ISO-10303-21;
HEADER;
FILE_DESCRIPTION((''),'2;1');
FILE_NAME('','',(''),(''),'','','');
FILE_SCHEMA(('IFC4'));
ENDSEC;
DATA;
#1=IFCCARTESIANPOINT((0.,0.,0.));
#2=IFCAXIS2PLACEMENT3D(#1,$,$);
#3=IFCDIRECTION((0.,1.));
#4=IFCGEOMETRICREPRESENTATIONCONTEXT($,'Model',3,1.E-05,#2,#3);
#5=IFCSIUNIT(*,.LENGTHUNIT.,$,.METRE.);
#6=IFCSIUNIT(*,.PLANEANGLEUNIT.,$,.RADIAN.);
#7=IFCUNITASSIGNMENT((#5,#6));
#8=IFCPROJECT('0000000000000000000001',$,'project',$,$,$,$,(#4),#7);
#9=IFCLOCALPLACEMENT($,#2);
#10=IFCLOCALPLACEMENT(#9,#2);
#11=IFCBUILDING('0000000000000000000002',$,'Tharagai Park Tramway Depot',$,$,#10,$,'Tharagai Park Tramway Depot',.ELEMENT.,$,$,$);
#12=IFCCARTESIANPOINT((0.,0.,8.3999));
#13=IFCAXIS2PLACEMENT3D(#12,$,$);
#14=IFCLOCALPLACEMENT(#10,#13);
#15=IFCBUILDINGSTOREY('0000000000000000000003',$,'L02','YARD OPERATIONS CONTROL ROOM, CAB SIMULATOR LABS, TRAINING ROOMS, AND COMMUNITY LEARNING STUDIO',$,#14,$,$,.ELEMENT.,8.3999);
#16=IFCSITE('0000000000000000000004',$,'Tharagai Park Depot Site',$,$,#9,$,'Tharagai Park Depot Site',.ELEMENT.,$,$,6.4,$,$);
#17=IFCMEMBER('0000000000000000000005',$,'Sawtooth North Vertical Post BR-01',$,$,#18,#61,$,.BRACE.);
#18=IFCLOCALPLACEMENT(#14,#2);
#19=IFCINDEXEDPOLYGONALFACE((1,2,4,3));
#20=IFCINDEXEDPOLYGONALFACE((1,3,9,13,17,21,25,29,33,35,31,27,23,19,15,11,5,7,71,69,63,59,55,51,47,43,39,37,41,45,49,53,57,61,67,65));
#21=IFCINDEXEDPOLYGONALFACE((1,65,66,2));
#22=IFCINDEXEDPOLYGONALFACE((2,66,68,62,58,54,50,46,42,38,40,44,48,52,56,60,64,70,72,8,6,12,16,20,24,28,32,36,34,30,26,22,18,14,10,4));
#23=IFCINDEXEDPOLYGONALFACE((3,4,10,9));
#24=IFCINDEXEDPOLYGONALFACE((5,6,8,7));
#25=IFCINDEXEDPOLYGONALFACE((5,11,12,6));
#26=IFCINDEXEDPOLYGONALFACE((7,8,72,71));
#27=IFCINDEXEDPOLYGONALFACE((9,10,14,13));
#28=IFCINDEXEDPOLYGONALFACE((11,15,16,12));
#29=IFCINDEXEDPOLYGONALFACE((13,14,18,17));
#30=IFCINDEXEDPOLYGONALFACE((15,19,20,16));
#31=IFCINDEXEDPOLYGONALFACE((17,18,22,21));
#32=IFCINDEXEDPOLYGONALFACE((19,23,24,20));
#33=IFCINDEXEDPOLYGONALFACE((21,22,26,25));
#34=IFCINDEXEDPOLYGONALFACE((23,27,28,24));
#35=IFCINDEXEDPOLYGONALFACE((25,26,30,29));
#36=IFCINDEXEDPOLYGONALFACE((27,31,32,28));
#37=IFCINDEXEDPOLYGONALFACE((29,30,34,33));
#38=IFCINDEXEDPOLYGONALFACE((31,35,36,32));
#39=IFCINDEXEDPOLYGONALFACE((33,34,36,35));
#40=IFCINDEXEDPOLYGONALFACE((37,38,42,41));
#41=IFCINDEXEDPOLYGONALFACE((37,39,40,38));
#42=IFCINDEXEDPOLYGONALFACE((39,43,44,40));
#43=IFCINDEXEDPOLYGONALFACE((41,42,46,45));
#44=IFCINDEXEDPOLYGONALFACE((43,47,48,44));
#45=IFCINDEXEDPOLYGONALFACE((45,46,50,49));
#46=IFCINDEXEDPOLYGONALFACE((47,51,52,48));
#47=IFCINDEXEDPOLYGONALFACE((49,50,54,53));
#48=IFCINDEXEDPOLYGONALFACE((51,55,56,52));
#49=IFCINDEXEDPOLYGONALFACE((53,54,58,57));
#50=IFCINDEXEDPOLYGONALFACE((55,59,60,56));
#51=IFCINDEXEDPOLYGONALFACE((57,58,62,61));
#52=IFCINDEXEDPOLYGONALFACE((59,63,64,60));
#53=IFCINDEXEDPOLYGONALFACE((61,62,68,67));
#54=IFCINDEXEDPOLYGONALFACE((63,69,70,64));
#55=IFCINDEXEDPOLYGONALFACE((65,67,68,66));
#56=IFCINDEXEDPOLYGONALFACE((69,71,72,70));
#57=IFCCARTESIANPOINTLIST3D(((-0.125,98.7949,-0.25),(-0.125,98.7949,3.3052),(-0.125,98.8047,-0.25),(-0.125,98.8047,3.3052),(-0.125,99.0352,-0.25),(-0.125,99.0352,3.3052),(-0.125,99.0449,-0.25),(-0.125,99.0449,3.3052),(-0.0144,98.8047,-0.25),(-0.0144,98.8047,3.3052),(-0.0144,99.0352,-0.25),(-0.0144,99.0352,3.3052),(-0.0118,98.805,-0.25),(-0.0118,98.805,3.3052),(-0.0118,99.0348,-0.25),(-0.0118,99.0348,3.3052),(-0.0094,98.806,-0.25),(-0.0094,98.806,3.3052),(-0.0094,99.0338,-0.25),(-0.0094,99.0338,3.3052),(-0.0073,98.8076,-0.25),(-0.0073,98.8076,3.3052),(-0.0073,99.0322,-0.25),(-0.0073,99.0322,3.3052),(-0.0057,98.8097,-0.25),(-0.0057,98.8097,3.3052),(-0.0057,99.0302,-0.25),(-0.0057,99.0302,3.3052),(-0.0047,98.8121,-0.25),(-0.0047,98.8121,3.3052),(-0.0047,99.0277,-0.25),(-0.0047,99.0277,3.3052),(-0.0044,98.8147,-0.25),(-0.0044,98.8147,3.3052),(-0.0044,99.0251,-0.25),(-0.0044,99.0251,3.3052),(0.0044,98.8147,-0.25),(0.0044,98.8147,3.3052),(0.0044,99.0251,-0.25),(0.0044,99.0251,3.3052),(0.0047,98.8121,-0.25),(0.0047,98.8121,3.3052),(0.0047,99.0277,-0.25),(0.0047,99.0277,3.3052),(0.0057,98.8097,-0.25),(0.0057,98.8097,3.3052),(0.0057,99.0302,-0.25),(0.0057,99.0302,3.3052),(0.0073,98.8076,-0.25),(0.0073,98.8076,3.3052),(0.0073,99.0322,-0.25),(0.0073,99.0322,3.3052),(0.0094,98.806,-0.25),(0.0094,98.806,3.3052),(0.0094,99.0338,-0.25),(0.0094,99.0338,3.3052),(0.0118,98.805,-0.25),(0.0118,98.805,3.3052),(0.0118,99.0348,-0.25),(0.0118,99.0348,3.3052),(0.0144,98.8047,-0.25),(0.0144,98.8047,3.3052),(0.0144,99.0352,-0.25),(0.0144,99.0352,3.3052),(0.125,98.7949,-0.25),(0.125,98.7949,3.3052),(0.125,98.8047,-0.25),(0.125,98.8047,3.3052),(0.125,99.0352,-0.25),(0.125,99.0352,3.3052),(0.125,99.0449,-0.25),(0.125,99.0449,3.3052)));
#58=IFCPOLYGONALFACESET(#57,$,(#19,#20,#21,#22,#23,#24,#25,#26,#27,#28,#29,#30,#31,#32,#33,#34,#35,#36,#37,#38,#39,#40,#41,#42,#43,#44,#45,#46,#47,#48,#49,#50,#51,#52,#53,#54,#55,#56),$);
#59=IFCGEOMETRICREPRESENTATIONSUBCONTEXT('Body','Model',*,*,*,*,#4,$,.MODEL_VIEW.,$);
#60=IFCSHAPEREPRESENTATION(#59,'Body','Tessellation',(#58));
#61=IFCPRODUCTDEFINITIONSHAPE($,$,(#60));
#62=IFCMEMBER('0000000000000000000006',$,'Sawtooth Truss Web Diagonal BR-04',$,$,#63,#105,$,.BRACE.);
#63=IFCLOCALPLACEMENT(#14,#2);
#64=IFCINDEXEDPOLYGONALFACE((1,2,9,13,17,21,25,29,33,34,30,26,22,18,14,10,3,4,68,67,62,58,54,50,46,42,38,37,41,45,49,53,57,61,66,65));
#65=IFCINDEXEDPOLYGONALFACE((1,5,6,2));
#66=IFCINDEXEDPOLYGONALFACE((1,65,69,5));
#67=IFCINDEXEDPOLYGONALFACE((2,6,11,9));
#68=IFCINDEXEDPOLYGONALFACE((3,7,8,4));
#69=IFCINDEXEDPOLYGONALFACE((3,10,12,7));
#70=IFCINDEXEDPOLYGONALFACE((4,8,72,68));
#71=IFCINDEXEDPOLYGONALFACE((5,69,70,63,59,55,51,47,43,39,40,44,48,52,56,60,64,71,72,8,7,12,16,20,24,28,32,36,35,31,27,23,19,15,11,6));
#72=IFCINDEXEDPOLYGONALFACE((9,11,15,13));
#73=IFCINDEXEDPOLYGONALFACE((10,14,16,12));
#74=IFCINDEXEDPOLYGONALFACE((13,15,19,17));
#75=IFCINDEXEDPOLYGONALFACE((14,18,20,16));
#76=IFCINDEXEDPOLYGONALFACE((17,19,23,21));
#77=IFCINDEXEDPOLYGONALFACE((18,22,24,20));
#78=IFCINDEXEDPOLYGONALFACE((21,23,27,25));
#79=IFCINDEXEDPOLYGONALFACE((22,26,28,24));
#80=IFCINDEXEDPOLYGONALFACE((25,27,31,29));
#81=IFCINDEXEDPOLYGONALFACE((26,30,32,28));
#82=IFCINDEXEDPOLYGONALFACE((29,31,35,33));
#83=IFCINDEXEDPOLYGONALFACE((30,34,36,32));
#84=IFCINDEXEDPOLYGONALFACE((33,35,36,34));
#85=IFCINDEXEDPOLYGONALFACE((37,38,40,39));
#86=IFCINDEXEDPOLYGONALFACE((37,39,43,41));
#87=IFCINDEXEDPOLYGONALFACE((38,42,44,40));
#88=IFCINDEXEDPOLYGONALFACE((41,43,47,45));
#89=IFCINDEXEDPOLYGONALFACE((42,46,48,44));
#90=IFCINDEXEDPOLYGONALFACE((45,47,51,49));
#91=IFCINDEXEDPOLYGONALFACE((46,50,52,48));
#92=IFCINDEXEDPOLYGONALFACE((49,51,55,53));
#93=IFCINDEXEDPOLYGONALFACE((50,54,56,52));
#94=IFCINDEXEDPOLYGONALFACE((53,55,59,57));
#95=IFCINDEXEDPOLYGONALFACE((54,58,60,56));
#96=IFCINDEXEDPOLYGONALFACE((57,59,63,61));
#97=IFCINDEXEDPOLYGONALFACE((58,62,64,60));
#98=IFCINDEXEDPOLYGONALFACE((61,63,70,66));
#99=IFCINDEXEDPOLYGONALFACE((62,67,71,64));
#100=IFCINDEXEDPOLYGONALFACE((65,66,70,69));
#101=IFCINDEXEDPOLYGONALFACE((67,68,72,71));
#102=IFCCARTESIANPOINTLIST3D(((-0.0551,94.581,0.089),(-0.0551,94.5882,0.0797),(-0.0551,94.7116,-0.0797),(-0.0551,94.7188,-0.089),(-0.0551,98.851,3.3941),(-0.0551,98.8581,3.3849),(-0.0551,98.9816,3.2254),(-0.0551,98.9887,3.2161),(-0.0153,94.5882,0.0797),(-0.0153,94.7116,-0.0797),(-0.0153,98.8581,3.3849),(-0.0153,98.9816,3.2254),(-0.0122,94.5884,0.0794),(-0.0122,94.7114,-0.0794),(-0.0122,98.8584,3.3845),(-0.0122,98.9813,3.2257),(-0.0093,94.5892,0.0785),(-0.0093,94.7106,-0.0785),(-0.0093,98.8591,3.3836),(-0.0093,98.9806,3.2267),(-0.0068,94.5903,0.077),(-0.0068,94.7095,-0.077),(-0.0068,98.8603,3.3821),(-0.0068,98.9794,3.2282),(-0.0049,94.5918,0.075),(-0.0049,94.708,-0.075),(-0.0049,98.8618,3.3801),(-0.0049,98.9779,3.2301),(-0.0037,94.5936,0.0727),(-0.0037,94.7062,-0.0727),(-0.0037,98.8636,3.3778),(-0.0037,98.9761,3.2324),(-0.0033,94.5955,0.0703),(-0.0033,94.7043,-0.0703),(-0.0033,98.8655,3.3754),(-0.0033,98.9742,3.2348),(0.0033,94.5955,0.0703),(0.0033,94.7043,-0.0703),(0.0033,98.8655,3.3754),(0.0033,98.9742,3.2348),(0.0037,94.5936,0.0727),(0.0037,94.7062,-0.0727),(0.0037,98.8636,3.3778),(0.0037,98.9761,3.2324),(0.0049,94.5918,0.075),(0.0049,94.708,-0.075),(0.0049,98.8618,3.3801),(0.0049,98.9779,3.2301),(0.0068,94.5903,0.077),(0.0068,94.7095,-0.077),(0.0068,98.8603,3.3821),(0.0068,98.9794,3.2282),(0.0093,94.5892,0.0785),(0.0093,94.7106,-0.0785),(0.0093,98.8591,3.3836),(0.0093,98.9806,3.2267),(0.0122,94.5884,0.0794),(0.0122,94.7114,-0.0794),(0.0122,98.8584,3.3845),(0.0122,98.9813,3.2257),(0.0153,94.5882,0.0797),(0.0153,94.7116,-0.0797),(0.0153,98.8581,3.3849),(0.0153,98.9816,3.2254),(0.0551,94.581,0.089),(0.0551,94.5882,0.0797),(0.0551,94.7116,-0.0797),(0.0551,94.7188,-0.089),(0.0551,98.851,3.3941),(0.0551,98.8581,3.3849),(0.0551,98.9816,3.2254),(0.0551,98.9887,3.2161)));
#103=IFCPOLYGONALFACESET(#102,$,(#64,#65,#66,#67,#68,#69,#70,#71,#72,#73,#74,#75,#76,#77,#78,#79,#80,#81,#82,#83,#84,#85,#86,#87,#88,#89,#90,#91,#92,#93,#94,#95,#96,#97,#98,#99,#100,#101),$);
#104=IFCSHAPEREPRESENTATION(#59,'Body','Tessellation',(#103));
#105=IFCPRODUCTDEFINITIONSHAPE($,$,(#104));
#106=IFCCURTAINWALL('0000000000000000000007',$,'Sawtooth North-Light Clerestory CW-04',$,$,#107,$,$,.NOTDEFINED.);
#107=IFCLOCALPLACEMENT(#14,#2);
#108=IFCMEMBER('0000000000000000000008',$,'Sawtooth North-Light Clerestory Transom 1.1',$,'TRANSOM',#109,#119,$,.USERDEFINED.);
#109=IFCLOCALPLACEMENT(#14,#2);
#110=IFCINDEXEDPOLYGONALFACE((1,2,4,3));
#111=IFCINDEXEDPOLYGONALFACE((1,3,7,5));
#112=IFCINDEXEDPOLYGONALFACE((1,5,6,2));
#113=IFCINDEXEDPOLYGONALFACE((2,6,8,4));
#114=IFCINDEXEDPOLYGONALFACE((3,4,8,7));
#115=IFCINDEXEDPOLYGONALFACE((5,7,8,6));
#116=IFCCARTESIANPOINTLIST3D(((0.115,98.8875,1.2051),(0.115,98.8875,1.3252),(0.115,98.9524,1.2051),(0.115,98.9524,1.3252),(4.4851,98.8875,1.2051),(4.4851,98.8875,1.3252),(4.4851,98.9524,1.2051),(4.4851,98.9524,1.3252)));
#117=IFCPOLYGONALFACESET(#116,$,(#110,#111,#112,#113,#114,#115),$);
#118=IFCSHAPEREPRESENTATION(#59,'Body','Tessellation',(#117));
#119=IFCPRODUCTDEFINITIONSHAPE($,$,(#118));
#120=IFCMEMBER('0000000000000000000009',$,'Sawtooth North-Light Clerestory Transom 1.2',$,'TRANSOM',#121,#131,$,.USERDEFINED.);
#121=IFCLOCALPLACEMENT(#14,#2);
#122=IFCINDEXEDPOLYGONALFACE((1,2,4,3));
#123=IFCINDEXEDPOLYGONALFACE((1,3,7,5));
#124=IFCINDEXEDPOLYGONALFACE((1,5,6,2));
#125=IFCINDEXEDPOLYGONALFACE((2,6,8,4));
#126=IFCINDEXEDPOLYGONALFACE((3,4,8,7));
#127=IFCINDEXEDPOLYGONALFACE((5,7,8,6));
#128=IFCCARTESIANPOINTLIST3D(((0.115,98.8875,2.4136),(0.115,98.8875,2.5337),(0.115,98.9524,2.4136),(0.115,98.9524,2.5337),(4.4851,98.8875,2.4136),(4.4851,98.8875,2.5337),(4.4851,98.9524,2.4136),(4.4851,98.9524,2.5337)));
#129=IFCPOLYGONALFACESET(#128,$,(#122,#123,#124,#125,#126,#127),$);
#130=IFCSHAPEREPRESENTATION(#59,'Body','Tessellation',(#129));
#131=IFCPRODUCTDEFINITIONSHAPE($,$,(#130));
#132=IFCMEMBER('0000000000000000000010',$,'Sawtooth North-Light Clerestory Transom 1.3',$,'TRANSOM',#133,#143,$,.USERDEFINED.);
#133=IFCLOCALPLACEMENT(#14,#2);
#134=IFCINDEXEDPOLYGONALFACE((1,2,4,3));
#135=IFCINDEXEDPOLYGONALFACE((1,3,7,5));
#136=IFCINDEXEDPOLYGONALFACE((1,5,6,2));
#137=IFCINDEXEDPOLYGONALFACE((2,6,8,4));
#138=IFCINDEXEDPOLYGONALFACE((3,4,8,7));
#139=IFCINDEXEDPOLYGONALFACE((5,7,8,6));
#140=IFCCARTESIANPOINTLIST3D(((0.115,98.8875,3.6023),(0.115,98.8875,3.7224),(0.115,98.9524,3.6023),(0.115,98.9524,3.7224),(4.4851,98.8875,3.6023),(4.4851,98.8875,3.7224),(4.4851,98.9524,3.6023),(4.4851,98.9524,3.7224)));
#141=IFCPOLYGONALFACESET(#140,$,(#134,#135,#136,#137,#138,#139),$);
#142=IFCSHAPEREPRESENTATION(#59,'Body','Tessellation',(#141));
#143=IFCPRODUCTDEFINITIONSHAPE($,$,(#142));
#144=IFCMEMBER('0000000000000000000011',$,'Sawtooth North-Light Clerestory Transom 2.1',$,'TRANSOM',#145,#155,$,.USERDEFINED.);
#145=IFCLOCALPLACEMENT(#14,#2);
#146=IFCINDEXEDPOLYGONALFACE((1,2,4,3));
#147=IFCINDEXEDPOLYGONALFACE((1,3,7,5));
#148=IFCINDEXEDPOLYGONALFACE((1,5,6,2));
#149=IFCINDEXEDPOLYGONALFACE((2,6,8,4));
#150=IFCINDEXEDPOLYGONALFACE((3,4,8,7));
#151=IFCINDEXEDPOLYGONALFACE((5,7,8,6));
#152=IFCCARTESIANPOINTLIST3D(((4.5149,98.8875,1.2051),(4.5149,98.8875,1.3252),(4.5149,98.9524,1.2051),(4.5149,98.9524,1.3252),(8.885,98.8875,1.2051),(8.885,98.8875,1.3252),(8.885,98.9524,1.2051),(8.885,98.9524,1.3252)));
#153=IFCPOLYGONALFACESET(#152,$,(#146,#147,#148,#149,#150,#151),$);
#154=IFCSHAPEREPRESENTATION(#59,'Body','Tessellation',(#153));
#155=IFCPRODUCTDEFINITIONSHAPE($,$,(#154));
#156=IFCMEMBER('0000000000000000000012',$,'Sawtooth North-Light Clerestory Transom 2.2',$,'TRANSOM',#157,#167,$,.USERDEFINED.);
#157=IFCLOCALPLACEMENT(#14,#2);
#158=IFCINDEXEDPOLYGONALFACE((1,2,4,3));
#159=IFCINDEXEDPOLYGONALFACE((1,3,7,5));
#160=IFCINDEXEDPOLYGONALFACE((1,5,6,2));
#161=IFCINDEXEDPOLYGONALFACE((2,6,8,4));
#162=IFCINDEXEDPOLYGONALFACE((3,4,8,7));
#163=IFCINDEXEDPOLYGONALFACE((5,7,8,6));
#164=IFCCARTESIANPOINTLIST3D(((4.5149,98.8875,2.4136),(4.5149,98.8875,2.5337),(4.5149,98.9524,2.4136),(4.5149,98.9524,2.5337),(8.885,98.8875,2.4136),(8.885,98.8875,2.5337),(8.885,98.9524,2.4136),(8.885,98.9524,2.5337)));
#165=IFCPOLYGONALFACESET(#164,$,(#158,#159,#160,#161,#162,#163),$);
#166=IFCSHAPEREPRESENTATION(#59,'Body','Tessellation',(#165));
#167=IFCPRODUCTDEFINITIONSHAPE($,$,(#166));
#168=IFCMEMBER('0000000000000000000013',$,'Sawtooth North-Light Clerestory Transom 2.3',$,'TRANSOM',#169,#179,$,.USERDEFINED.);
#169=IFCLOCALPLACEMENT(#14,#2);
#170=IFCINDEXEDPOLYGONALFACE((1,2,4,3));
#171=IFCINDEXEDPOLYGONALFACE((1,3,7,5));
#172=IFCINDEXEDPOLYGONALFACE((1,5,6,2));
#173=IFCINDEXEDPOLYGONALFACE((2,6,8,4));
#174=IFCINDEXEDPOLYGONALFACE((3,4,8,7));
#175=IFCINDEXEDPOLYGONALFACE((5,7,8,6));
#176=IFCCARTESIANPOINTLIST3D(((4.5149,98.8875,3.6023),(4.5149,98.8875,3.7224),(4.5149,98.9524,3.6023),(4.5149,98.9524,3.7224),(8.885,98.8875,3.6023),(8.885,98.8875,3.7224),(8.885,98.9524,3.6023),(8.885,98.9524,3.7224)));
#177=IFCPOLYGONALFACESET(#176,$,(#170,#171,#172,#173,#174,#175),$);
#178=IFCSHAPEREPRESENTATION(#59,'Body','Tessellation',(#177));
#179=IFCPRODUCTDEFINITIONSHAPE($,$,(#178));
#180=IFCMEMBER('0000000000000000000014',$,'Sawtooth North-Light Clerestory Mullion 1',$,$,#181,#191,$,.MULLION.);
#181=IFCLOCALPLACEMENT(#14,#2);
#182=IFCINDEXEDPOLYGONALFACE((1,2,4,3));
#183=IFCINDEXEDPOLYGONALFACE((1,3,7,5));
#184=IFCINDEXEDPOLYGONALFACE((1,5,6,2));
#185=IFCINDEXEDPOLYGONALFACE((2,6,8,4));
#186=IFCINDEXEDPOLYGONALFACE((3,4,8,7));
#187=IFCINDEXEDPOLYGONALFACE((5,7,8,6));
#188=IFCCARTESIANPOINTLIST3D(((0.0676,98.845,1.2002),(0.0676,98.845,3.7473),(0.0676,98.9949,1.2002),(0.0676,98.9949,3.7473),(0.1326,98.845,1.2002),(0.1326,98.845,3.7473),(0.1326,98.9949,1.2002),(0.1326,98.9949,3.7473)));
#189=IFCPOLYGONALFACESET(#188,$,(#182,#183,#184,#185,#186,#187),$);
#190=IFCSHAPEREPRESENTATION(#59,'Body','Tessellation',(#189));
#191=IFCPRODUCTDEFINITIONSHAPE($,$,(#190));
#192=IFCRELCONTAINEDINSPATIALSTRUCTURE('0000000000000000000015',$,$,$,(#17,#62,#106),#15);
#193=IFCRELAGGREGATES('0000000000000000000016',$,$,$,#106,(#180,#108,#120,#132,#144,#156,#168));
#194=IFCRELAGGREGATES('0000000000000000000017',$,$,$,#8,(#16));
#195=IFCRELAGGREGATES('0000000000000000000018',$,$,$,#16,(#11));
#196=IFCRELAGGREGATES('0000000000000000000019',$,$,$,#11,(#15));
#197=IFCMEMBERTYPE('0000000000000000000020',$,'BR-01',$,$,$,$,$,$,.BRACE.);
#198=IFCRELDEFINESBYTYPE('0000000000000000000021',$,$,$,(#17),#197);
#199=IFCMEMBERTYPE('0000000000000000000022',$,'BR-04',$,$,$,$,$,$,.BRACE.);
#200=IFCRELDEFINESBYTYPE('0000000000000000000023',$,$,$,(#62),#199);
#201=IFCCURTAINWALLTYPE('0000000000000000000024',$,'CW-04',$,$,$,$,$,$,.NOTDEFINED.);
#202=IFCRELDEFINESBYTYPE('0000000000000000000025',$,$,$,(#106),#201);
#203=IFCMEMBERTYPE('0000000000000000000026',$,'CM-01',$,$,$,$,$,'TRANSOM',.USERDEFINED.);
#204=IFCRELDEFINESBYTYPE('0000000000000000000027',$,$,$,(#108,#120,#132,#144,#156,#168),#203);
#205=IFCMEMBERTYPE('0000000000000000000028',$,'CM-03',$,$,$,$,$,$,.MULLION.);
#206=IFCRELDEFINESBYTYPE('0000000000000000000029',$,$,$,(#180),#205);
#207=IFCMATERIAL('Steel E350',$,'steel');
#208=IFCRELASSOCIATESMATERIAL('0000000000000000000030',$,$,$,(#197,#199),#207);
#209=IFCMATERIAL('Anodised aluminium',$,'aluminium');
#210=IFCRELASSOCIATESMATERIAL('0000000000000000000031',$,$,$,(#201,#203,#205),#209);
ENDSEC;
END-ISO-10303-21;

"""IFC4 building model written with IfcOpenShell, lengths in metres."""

from ifc_helpers import new_model, si_unit, direction, frame, origin, origin_2d, place, context, subcontext, project, spatial, rectangle, i_section, extrude, material, material_profile, profile_set, type_object, element, aggregate, save


model = new_model("IFC4")

# Units and contexts
model_context = context("Model", 3, precision=1e-05, world=origin(), true_north=direction((0.0, 1.0)))
body_context = subcontext(model_context, "Body", "Model", "MODEL_VIEW")
ifc_project = project(units=[si_unit("LENGTHUNIT", "METRE"), si_unit("PLANEANGLEUNIT", "RADIAN")], contexts=[model_context])

# Site, building, storey
site_placement = place(None, origin())
site = spatial("IfcSite", under=ifc_project, at=site_placement, Name="Tharagai Park Depot Site", LongName="Tharagai Park Depot Site", CompositionType="ELEMENT", RefElevation=6.4)
building_placement = place(site_placement, origin())
building = spatial("IfcBuilding", under=site, at=building_placement, Name="Tharagai Park Tramway Depot", LongName="Tharagai Park Tramway Depot", CompositionType="ELEMENT")
storey_placement = place(building_placement, frame((0.0, 0.0, 8.3999)))
storey = spatial("IfcBuildingStorey", under=building, at=storey_placement, Name="L02", Description="YARD OPERATIONS CONTROL ROOM, CAB SIMULATOR LABS, TRAINING ROOMS, AND COMMUNITY LEARNING STUDIO", CompositionType="ELEMENT", Elevation=8.3999)

# Shared definitions
ifc_material_1 = material(Name="Steel E350", Category="steel")

# Members
ifc_material_profile_1 = material_profile(ifc_material_1, i_section(OverallWidth=0.25, OverallDepth=0.25, WebThickness=0.0088, FlangeThickness=0.0098, FilletRadius=0.01, at=origin_2d()), Name="ISHB 250")
ifc_profile_set_1 = profile_set([ifc_material_profile_1], Name="Steel E350")
member_type_1 = type_object("IfcMemberType", Name="BR-01", PredefinedType="BRACE", material=ifc_profile_set_1)
member_1_placement = place(storey_placement, frame((0.0, 98.9199, -0.25), z_axis=(0.0, 0.0, 1.0), x_axis=(1.0, 0.0, 0.0)))
element("IfcMember", 1, at=member_1_placement, inside=storey, type_object=member_type_1, Name="Sawtooth North Vertical Post BR-01", PredefinedType="BRACE", context=body_context, shape_type="SweptSolid", body=[
    extrude(i_section(OverallWidth=0.25, OverallDepth=0.25, WebThickness=0.0088, FlangeThickness=0.0098, FilletRadius=0.01, at=origin_2d()), origin(), (0.0, 0.0, 1.0), 3.5552),
])
ifc_material_profile_2 = material_profile(ifc_material_1, i_section(OverallWidth=0.1101, OverallDepth=0.2251, WebThickness=0.0066, FlangeThickness=0.0117, FilletRadius=0.012, at=origin_2d()), Name="ISMB 225")
ifc_profile_set_2 = profile_set([ifc_material_profile_2], Name="Steel E350")
member_type_2 = type_object("IfcMemberType", Name="BR-04", PredefinedType="BRACE", material=ifc_profile_set_2)
member_2_placement = place(storey_placement, frame((0.0, 94.6499, 0.0), z_axis=(0.0, 0.790782, 0.612098), x_axis=(-1.0, 0.0, 0.0)))
element("IfcMember", 2, at=member_2_placement, inside=storey, type_object=member_type_2, Name="Sawtooth Truss Web Diagonal BR-04", PredefinedType="BRACE", context=body_context, shape_type="SweptSolid", body=[
    extrude(i_section(OverallWidth=0.1101, OverallDepth=0.2251, WebThickness=0.0066, FlangeThickness=0.0117, FilletRadius=0.012, at=origin_2d()), origin(), (0.0, 0.0, 1.0), 5.3997),
])

# Curtain wall, members
ifc_material_2 = material(Name="Anodised aluminium", Category="aluminium")
curtain_wall_type = type_object("IfcCurtainWallType", Name="CW-04", PredefinedType="NOTDEFINED", material=ifc_material_2)
curtain_wall_placement = place(storey_placement, origin())
curtain_wall = element("IfcCurtainWall", 3, at=curtain_wall_placement, inside=storey, type_object=curtain_wall_type, Name="Sawtooth North-Light Clerestory CW-04", PredefinedType="NOTDEFINED")
ifc_material_profile_3 = material_profile(ifc_material_2, rectangle(XDim=0.0649, YDim=0.1201, at=origin_2d()), Name="ALU 65x120")
ifc_profile_set_3 = profile_set([ifc_material_profile_3], Name="Anodised aluminium")
member_type_3 = type_object("IfcMemberType", Name="CM-01", ElementType="TRANSOM", PredefinedType="USERDEFINED", material=ifc_profile_set_3)
member_3_placement = place(storey_placement, frame((0.115, 98.9199, 1.2651), z_axis=(1.0, 0.0, 0.0), x_axis=(0.0, 1.0, 0.0)))
member_3 = element("IfcMember", 4, at=member_3_placement, type_object=member_type_3, Name="Sawtooth North-Light Clerestory Transom 1.1", ObjectType="TRANSOM", PredefinedType="USERDEFINED", context=body_context, shape_type="SweptSolid", body=[
    extrude(rectangle(XDim=0.0649, YDim=0.1201, at=origin_2d()), origin(), (0.0, 0.0, 1.0), 4.3701),
])
member_4_placement = place(storey_placement, frame((0.115, 98.9199, 2.4736), z_axis=(1.0, 0.0, 0.0), x_axis=(0.0, 1.0, 0.0)))
member_4 = element("IfcMember", 5, at=member_4_placement, type_object=member_type_3, Name="Sawtooth North-Light Clerestory Transom 1.2", ObjectType="TRANSOM", PredefinedType="USERDEFINED", context=body_context, shape_type="SweptSolid", body=[
    extrude(rectangle(XDim=0.0649, YDim=0.1201, at=origin_2d()), origin(), (0.0, 0.0, 1.0), 4.3701),
])
member_5_placement = place(storey_placement, frame((0.115, 98.9199, 3.6624), z_axis=(1.0, 0.0, 0.0), x_axis=(0.0, 1.0, 0.0)))
member_5 = element("IfcMember", 6, at=member_5_placement, type_object=member_type_3, Name="Sawtooth North-Light Clerestory Transom 1.3", ObjectType="TRANSOM", PredefinedType="USERDEFINED", context=body_context, shape_type="SweptSolid", body=[
    extrude(rectangle(XDim=0.0649, YDim=0.1201, at=origin_2d()), origin(), (0.0, 0.0, 1.0), 4.3701),
])
member_6_placement = place(storey_placement, frame((4.5149, 98.9199, 1.2651), z_axis=(1.0, 0.0, 0.0), x_axis=(0.0, 1.0, 0.0)))
member_6 = element("IfcMember", 7, at=member_6_placement, type_object=member_type_3, Name="Sawtooth North-Light Clerestory Transom 2.1", ObjectType="TRANSOM", PredefinedType="USERDEFINED", context=body_context, shape_type="SweptSolid", body=[
    extrude(rectangle(XDim=0.0649, YDim=0.1201, at=origin_2d()), origin(), (0.0, 0.0, 1.0), 4.3701),
])
member_7_placement = place(storey_placement, frame((4.5149, 98.9199, 2.4736), z_axis=(1.0, 0.0, 0.0), x_axis=(0.0, 1.0, 0.0)))
member_7 = element("IfcMember", 8, at=member_7_placement, type_object=member_type_3, Name="Sawtooth North-Light Clerestory Transom 2.2", ObjectType="TRANSOM", PredefinedType="USERDEFINED", context=body_context, shape_type="SweptSolid", body=[
    extrude(rectangle(XDim=0.0649, YDim=0.1201, at=origin_2d()), origin(), (0.0, 0.0, 1.0), 4.3701),
])
member_8_placement = place(storey_placement, frame((4.5149, 98.9199, 3.6624), z_axis=(1.0, 0.0, 0.0), x_axis=(0.0, 1.0, 0.0)))
member_8 = element("IfcMember", 9, at=member_8_placement, type_object=member_type_3, Name="Sawtooth North-Light Clerestory Transom 2.3", ObjectType="TRANSOM", PredefinedType="USERDEFINED", context=body_context, shape_type="SweptSolid", body=[
    extrude(rectangle(XDim=0.0649, YDim=0.1201, at=origin_2d()), origin(), (0.0, 0.0, 1.0), 4.3701),
])
ifc_material_profile_4 = material_profile(ifc_material_2, rectangle(XDim=0.0649, YDim=0.1499, at=origin_2d()), Name="ALU 65x150")
ifc_profile_set_4 = profile_set([ifc_material_profile_4], Name="Anodised aluminium")
member_type_4 = type_object("IfcMemberType", Name="CM-03", PredefinedType="MULLION", material=ifc_profile_set_4)
member_9_placement = place(storey_placement, frame((0.1001, 98.9199, 1.2002), z_axis=(0.0, 0.0, 1.0), x_axis=(1.0, 0.0, 0.0)))
member_9 = element("IfcMember", 10, at=member_9_placement, type_object=member_type_4, Name="Sawtooth North-Light Clerestory Mullion 1", PredefinedType="MULLION", context=body_context, shape_type="SweptSolid", body=[
    extrude(rectangle(XDim=0.0649, YDim=0.1499, at=origin_2d()), origin(), (0.0, 0.0, 1.0), 2.5471),
])

aggregate(curtain_wall, [member_9, member_3, member_4, member_5, member_6, member_7, member_8])

save(model, "model.ifc")
